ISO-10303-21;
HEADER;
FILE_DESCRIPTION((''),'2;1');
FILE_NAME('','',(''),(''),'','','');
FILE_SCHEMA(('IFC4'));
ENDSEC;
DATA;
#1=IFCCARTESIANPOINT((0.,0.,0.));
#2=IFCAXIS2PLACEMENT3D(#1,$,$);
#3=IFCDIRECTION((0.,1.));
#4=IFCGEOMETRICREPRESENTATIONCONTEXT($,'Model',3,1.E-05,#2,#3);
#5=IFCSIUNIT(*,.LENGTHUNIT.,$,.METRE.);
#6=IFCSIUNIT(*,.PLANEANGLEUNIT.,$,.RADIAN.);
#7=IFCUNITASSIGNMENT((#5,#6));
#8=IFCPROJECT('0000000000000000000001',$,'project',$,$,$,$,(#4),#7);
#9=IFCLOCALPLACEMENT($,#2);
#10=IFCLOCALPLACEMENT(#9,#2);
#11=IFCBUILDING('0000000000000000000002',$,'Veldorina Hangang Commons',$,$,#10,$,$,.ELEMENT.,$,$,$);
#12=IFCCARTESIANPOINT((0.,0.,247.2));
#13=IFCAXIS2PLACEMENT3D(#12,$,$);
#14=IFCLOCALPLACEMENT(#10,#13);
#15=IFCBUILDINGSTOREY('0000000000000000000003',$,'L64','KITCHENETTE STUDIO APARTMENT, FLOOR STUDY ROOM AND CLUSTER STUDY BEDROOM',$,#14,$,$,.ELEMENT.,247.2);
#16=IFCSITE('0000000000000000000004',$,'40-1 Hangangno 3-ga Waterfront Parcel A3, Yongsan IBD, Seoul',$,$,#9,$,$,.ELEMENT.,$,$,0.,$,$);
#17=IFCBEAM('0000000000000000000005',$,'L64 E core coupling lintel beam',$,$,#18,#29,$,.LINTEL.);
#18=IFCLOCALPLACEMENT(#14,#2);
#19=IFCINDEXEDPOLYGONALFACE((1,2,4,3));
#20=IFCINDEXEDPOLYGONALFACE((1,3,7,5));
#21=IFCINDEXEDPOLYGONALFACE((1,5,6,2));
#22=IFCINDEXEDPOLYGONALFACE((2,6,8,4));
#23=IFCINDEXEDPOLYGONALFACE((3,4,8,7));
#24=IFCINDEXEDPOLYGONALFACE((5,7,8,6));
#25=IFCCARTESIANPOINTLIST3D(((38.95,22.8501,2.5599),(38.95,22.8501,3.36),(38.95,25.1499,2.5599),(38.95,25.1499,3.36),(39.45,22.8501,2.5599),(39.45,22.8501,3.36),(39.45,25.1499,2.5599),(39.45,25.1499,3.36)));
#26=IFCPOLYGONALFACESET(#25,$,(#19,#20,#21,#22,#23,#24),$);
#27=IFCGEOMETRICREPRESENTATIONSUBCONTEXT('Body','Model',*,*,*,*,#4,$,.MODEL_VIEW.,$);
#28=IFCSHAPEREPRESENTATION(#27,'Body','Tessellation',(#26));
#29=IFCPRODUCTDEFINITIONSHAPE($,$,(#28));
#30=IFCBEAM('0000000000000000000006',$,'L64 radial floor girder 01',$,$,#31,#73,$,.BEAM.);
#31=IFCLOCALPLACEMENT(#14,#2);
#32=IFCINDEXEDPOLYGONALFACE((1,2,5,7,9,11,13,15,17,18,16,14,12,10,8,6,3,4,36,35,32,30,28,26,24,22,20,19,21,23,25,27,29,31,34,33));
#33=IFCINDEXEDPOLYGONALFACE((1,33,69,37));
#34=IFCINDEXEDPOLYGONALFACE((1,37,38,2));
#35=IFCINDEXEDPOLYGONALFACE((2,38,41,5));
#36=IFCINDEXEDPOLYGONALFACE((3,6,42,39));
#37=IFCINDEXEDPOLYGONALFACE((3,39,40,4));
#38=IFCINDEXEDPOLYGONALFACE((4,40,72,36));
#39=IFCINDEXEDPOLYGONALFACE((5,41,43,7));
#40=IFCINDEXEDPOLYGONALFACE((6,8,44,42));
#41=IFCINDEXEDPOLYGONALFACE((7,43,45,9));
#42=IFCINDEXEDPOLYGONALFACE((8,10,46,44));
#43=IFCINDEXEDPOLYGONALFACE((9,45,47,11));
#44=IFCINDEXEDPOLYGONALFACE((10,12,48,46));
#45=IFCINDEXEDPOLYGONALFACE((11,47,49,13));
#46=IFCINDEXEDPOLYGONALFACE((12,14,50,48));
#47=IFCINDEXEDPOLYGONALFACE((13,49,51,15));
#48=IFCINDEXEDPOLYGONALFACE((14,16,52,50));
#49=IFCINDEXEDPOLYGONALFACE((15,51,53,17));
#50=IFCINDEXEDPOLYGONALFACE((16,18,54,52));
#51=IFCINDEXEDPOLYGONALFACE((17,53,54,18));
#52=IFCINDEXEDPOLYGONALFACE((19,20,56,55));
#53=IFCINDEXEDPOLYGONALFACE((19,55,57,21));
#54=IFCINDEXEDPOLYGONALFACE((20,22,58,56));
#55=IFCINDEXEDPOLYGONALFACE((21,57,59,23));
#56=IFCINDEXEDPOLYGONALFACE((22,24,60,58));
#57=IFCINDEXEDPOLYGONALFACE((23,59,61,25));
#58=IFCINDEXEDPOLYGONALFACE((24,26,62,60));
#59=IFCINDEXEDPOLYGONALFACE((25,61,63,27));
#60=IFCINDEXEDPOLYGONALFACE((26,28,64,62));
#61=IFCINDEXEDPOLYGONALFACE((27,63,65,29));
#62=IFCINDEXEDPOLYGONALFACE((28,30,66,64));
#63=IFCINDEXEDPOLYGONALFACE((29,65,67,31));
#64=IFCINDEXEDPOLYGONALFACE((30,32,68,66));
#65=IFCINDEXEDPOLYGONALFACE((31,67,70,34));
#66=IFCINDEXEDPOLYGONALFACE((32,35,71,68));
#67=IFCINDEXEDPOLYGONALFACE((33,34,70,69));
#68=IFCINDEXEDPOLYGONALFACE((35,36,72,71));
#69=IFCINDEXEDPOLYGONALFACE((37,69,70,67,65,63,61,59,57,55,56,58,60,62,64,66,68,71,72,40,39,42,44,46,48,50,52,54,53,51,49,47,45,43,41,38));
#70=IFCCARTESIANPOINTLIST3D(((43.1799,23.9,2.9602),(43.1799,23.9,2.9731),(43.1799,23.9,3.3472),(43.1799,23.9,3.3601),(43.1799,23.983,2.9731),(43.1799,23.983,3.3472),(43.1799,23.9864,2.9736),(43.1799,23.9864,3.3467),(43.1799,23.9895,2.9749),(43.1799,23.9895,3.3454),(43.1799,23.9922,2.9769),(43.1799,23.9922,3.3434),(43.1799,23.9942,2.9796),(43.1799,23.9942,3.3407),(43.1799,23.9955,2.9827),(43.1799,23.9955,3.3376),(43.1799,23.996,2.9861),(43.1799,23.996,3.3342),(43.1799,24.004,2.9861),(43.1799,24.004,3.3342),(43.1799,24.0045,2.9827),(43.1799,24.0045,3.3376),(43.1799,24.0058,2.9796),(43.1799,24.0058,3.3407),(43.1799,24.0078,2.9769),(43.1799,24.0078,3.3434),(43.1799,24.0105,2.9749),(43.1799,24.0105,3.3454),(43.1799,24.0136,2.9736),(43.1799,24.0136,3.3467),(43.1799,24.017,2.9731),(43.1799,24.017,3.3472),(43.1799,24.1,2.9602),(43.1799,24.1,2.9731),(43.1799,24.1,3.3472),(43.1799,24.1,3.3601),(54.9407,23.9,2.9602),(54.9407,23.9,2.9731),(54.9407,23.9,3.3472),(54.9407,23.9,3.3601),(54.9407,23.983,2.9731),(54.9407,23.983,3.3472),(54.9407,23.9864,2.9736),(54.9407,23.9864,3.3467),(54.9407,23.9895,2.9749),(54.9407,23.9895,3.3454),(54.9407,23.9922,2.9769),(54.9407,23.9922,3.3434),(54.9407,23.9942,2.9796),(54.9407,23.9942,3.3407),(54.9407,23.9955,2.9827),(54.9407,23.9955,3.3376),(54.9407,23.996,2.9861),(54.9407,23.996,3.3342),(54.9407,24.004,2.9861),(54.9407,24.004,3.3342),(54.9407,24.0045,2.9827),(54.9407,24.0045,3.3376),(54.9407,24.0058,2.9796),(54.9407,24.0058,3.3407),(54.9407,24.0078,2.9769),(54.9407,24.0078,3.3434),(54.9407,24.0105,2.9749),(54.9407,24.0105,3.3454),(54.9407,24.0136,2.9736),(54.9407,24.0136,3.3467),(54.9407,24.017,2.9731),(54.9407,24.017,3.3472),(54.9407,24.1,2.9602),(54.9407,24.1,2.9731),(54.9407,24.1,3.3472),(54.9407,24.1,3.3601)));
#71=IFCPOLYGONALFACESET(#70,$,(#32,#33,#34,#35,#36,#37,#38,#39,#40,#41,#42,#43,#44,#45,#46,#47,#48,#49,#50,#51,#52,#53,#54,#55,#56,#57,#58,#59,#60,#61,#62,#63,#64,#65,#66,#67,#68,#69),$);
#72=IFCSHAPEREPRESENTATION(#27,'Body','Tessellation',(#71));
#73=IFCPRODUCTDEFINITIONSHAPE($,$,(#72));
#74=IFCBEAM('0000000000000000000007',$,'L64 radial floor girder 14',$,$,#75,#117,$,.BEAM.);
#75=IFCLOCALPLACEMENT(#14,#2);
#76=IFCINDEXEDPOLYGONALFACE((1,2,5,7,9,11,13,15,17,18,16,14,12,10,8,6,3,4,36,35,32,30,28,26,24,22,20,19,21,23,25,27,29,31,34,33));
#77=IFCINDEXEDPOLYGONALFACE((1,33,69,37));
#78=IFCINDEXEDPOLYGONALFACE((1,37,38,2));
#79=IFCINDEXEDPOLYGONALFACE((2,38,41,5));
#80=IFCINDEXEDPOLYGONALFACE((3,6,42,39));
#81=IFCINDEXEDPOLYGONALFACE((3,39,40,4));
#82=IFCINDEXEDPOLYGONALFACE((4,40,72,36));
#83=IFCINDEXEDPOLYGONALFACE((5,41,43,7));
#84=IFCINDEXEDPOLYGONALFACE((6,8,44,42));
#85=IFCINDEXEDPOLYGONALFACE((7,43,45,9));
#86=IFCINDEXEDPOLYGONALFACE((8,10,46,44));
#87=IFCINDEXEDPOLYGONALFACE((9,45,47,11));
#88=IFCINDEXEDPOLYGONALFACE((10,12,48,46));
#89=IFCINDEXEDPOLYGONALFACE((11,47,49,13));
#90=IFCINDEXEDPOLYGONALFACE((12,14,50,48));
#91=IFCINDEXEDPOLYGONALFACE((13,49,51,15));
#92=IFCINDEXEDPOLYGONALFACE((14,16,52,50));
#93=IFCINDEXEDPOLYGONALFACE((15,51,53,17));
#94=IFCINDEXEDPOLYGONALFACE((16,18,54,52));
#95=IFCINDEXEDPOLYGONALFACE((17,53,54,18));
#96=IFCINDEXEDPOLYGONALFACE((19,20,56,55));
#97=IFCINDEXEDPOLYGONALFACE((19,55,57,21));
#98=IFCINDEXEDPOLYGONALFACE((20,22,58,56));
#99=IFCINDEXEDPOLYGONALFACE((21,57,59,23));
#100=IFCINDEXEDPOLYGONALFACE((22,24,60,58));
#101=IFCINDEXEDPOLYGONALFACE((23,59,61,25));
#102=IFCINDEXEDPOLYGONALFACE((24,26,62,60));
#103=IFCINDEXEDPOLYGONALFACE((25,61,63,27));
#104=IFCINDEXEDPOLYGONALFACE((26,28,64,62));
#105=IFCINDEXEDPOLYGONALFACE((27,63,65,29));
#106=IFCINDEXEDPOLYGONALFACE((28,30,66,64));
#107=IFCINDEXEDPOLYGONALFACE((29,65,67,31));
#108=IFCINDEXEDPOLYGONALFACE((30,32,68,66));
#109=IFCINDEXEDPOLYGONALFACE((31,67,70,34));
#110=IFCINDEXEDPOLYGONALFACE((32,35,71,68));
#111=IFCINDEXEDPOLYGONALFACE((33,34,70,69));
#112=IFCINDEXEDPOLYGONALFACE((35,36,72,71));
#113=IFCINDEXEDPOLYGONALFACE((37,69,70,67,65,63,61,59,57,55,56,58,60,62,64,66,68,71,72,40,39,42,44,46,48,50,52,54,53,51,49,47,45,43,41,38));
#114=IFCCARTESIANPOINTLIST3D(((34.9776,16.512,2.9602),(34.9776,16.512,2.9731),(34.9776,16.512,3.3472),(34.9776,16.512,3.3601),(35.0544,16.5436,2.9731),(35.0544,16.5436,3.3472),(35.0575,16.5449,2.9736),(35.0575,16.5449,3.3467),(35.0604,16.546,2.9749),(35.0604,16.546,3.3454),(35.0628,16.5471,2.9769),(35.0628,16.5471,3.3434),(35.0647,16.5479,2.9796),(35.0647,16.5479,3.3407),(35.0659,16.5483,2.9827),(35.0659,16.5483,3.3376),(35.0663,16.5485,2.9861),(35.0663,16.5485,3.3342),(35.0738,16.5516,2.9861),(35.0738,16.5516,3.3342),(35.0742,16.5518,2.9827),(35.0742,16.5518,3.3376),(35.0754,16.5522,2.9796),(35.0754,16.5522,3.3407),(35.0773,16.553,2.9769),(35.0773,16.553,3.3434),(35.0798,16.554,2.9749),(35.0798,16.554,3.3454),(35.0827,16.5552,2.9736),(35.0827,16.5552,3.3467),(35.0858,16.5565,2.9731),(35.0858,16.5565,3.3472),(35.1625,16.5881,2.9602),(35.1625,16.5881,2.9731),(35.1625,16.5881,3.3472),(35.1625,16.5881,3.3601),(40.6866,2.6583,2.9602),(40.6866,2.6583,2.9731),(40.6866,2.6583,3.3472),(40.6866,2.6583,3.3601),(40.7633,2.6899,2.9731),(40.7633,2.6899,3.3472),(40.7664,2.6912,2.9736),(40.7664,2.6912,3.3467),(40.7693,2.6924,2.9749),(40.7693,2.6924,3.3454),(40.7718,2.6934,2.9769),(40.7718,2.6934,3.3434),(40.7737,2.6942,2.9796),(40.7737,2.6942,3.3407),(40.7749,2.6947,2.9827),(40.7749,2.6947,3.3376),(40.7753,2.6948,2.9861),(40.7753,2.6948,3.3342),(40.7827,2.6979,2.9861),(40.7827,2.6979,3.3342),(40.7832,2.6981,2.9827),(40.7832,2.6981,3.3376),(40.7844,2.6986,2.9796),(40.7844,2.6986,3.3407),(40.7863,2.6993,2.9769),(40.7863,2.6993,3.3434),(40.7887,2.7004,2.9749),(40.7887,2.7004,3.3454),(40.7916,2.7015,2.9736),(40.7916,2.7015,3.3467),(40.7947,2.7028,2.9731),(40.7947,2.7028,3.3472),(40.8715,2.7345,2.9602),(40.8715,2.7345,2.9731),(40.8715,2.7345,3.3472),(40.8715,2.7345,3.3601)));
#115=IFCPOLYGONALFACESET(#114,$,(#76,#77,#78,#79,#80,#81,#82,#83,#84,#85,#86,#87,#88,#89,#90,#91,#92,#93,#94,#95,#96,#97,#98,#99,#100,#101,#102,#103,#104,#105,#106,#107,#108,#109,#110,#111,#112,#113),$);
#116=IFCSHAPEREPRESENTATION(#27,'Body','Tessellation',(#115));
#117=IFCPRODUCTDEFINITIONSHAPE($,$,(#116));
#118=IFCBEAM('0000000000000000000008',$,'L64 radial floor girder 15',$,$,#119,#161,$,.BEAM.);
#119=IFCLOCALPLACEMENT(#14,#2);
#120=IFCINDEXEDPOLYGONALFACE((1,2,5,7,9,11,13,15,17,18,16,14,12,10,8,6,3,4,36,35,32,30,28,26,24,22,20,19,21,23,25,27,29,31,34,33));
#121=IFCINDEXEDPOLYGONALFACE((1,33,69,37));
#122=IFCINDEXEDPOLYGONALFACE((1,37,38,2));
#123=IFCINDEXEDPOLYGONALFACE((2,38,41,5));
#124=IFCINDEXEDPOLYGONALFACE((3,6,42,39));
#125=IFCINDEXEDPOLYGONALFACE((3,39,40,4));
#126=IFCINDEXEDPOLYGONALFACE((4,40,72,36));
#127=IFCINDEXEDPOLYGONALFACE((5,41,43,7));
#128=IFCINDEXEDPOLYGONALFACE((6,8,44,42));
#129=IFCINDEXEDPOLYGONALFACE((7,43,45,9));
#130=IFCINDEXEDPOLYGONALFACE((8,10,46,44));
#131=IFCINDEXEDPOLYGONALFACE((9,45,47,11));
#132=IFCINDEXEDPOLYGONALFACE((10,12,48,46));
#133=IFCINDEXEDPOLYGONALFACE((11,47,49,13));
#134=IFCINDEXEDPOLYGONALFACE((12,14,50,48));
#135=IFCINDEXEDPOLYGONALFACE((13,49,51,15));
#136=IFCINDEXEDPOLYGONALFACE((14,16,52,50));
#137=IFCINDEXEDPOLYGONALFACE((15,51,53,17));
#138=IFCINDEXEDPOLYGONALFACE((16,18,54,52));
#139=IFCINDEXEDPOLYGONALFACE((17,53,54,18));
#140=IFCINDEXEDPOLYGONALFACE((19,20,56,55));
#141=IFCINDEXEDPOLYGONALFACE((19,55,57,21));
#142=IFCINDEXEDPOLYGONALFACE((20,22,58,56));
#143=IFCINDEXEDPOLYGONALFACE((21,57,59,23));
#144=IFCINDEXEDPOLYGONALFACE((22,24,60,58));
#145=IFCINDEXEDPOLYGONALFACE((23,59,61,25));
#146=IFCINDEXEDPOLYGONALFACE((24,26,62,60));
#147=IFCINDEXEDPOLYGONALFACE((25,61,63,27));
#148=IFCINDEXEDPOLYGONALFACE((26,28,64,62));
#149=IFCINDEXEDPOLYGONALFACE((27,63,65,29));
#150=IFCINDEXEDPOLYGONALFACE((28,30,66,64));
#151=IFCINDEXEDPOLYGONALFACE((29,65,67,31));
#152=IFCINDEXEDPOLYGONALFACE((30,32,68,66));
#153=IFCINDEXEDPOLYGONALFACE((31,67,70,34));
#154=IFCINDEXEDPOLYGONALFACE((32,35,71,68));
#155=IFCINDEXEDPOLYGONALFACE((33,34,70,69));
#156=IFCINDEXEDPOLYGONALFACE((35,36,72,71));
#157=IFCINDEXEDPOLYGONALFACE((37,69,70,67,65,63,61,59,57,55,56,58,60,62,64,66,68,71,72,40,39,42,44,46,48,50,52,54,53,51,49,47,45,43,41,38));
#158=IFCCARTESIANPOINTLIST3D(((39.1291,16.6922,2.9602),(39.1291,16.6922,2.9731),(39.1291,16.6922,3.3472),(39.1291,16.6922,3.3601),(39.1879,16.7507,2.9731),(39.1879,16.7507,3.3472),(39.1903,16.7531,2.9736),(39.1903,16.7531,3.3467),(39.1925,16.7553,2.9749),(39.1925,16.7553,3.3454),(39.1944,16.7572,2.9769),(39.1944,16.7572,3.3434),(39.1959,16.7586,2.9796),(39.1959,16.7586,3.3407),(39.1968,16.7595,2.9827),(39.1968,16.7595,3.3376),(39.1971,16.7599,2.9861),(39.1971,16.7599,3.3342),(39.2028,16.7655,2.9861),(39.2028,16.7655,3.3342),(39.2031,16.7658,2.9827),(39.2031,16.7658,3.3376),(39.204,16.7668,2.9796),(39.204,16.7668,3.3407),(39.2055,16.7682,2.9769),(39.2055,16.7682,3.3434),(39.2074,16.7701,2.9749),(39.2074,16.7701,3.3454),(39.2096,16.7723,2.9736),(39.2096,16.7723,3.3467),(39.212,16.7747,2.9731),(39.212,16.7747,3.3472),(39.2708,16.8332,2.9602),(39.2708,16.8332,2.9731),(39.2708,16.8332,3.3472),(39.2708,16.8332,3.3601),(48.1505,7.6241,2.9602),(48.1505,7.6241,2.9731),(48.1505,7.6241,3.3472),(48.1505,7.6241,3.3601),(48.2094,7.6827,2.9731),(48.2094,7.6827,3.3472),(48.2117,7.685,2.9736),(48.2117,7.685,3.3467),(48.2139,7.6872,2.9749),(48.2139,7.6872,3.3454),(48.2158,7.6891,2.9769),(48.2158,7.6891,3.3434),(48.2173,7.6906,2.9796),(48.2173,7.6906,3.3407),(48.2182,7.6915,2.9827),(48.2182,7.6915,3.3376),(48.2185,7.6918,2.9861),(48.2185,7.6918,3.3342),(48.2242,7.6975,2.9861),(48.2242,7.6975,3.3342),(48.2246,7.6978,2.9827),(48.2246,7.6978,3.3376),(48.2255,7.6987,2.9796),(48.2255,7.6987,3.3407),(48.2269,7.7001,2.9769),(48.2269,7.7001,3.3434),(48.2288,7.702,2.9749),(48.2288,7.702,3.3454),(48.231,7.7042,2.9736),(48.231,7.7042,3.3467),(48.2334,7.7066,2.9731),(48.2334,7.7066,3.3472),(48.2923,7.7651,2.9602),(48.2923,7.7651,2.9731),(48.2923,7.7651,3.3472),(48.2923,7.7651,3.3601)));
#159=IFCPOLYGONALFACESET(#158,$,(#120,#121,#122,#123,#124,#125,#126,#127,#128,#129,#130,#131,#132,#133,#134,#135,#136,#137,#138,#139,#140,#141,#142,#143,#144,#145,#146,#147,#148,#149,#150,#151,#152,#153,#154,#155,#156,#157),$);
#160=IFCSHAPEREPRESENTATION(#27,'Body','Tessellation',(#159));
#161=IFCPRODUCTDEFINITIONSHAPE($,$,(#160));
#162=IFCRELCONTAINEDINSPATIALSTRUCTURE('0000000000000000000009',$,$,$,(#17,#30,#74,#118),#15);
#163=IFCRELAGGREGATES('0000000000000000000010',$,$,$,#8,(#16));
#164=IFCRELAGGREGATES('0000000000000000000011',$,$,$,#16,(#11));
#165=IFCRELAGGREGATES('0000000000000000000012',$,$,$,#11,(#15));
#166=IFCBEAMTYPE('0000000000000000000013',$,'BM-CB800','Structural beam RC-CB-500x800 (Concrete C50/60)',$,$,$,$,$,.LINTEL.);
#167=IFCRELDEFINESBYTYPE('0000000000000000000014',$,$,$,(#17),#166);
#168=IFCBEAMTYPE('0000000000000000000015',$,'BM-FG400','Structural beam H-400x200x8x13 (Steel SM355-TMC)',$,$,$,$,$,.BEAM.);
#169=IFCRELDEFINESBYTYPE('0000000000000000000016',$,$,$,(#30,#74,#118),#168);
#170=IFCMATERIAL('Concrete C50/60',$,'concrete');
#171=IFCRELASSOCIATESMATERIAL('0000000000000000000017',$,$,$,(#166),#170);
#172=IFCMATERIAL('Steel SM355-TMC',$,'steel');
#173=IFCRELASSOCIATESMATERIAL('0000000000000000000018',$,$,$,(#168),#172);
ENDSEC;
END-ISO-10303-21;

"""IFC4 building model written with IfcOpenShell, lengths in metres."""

from ifc_helpers import new_model, si_unit, direction, frame, origin, origin_2d, place, context, subcontext, project, spatial, rectangle, i_section, extrude, material, material_profile, profile_set, type_object, element, save


model = new_model("IFC4")

# Units and contexts
model_context = context("Model", 3, precision=1e-05, world=origin(), true_north=direction((0.0, 1.0)))
body_context = subcontext(model_context, "Body", "Model", "MODEL_VIEW")
ifc_project = project(units=[si_unit("LENGTHUNIT", "METRE"), si_unit("PLANEANGLEUNIT", "RADIAN")], contexts=[model_context])

# Site, building, storey
site_placement = place(None, origin())
site = spatial("IfcSite", under=ifc_project, at=site_placement, Name="40-1 Hangangno 3-ga Waterfront Parcel A3, Yongsan IBD, Seoul", CompositionType="ELEMENT", RefElevation=0.0)
building_placement = place(site_placement, origin())
building = spatial("IfcBuilding", under=site, at=building_placement, Name="Veldorina Hangang Commons", CompositionType="ELEMENT")
storey_placement = place(building_placement, frame((0.0, 0.0, 247.2)))
storey = spatial("IfcBuildingStorey", under=building, at=storey_placement, Name="L64", Description="KITCHENETTE STUDIO APARTMENT, FLOOR STUDY ROOM AND CLUSTER STUDY BEDROOM", CompositionType="ELEMENT", Elevation=247.2)

# Beams
ifc_material_1 = material(Name="Concrete C50/60", Category="concrete")
ifc_material_profile_1 = material_profile(ifc_material_1, rectangle(XDim=0.5, YDim=0.8, at=origin_2d()), Name="RC-CB-500x800")
ifc_profile_set_1 = profile_set([ifc_material_profile_1], Name="Concrete C50/60")
beam_type_1 = type_object("IfcBeamType", Name="BM-CB800", Description="Structural beam RC-CB-500x800 (Concrete C50/60)", PredefinedType="LINTEL", material=ifc_profile_set_1)
beam_1_placement = place(storey_placement, frame((39.2, 22.8501, 2.96), z_axis=(0.0, 1.0, 0.0), x_axis=(-1.0, 0.0, 0.0)))
element("IfcBeam", 1, at=beam_1_placement, inside=storey, type_object=beam_type_1, Name="L64 E core coupling lintel beam", PredefinedType="LINTEL", context=body_context, shape_type="SweptSolid", body=[
    extrude(rectangle(XDim=0.5, YDim=0.8, at=origin_2d()), origin(), (0.0, 0.0, 1.0), 2.2998),
])
ifc_material_2 = material(Name="Steel SM355-TMC", Category="steel")
ifc_material_profile_2 = material_profile(ifc_material_2, i_section(OverallWidth=0.2, OverallDepth=0.3999, WebThickness=0.0081, FlangeThickness=0.0129, FilletRadius=0.0129, at=origin_2d()), Name="H-400x200x8x13")
ifc_profile_set_2 = profile_set([ifc_material_profile_2], Name="Steel SM355-TMC")
beam_type_2 = type_object("IfcBeamType", Name="BM-FG400", Description="Structural beam H-400x200x8x13 (Steel SM355-TMC)", PredefinedType="BEAM", material=ifc_profile_set_2)
beam_2_placement = place(storey_placement, frame((43.1799, 24.0, 3.1602), z_axis=(1.0, 0.0, 0.0), x_axis=(0.0, 1.0, 0.0)))
element("IfcBeam", 2, at=beam_2_placement, inside=storey, type_object=beam_type_2, Name="L64 radial floor girder 01", PredefinedType="BEAM", context=body_context, shape_type="SweptSolid", body=[
    extrude(i_section(OverallWidth=0.2, OverallDepth=0.3999, WebThickness=0.0081, FlangeThickness=0.0129, FilletRadius=0.0129, at=origin_2d()), origin(), (0.0, 0.0, 1.0), 11.7607),
])
beam_3_placement = place(storey_placement, frame((35.0701, 16.55, 3.1602), z_axis=(0.381006, -0.924572, 0.0), x_axis=(0.924572, 0.381006, 0.0)))
element("IfcBeam", 3, at=beam_3_placement, inside=storey, type_object=beam_type_2, Name="L64 radial floor girder 14", PredefinedType="BEAM", context=body_context, shape_type="SweptSolid", body=[
    extrude(i_section(OverallWidth=0.2, OverallDepth=0.3999, WebThickness=0.0081, FlangeThickness=0.0129, FilletRadius=0.0129, at=origin_2d()), origin(), (0.0, 0.0, 1.0), 14.9839),
])
beam_4_placement = place(storey_placement, frame((39.2, 16.7627, 3.1602), z_axis=(0.705282, -0.708927, 0.0), x_axis=(0.708927, 0.705282, 0.0)))
element("IfcBeam", 4, at=beam_4_placement, inside=storey, type_object=beam_type_2, Name="L64 radial floor girder 15", PredefinedType="BEAM", context=body_context, shape_type="SweptSolid", body=[
    extrude(i_section(OverallWidth=0.2, OverallDepth=0.3999, WebThickness=0.0081, FlangeThickness=0.0129, FilletRadius=0.0129, at=origin_2d()), origin(), (0.0, 0.0, 1.0), 12.7913),
])

save(model, "model.ifc")
